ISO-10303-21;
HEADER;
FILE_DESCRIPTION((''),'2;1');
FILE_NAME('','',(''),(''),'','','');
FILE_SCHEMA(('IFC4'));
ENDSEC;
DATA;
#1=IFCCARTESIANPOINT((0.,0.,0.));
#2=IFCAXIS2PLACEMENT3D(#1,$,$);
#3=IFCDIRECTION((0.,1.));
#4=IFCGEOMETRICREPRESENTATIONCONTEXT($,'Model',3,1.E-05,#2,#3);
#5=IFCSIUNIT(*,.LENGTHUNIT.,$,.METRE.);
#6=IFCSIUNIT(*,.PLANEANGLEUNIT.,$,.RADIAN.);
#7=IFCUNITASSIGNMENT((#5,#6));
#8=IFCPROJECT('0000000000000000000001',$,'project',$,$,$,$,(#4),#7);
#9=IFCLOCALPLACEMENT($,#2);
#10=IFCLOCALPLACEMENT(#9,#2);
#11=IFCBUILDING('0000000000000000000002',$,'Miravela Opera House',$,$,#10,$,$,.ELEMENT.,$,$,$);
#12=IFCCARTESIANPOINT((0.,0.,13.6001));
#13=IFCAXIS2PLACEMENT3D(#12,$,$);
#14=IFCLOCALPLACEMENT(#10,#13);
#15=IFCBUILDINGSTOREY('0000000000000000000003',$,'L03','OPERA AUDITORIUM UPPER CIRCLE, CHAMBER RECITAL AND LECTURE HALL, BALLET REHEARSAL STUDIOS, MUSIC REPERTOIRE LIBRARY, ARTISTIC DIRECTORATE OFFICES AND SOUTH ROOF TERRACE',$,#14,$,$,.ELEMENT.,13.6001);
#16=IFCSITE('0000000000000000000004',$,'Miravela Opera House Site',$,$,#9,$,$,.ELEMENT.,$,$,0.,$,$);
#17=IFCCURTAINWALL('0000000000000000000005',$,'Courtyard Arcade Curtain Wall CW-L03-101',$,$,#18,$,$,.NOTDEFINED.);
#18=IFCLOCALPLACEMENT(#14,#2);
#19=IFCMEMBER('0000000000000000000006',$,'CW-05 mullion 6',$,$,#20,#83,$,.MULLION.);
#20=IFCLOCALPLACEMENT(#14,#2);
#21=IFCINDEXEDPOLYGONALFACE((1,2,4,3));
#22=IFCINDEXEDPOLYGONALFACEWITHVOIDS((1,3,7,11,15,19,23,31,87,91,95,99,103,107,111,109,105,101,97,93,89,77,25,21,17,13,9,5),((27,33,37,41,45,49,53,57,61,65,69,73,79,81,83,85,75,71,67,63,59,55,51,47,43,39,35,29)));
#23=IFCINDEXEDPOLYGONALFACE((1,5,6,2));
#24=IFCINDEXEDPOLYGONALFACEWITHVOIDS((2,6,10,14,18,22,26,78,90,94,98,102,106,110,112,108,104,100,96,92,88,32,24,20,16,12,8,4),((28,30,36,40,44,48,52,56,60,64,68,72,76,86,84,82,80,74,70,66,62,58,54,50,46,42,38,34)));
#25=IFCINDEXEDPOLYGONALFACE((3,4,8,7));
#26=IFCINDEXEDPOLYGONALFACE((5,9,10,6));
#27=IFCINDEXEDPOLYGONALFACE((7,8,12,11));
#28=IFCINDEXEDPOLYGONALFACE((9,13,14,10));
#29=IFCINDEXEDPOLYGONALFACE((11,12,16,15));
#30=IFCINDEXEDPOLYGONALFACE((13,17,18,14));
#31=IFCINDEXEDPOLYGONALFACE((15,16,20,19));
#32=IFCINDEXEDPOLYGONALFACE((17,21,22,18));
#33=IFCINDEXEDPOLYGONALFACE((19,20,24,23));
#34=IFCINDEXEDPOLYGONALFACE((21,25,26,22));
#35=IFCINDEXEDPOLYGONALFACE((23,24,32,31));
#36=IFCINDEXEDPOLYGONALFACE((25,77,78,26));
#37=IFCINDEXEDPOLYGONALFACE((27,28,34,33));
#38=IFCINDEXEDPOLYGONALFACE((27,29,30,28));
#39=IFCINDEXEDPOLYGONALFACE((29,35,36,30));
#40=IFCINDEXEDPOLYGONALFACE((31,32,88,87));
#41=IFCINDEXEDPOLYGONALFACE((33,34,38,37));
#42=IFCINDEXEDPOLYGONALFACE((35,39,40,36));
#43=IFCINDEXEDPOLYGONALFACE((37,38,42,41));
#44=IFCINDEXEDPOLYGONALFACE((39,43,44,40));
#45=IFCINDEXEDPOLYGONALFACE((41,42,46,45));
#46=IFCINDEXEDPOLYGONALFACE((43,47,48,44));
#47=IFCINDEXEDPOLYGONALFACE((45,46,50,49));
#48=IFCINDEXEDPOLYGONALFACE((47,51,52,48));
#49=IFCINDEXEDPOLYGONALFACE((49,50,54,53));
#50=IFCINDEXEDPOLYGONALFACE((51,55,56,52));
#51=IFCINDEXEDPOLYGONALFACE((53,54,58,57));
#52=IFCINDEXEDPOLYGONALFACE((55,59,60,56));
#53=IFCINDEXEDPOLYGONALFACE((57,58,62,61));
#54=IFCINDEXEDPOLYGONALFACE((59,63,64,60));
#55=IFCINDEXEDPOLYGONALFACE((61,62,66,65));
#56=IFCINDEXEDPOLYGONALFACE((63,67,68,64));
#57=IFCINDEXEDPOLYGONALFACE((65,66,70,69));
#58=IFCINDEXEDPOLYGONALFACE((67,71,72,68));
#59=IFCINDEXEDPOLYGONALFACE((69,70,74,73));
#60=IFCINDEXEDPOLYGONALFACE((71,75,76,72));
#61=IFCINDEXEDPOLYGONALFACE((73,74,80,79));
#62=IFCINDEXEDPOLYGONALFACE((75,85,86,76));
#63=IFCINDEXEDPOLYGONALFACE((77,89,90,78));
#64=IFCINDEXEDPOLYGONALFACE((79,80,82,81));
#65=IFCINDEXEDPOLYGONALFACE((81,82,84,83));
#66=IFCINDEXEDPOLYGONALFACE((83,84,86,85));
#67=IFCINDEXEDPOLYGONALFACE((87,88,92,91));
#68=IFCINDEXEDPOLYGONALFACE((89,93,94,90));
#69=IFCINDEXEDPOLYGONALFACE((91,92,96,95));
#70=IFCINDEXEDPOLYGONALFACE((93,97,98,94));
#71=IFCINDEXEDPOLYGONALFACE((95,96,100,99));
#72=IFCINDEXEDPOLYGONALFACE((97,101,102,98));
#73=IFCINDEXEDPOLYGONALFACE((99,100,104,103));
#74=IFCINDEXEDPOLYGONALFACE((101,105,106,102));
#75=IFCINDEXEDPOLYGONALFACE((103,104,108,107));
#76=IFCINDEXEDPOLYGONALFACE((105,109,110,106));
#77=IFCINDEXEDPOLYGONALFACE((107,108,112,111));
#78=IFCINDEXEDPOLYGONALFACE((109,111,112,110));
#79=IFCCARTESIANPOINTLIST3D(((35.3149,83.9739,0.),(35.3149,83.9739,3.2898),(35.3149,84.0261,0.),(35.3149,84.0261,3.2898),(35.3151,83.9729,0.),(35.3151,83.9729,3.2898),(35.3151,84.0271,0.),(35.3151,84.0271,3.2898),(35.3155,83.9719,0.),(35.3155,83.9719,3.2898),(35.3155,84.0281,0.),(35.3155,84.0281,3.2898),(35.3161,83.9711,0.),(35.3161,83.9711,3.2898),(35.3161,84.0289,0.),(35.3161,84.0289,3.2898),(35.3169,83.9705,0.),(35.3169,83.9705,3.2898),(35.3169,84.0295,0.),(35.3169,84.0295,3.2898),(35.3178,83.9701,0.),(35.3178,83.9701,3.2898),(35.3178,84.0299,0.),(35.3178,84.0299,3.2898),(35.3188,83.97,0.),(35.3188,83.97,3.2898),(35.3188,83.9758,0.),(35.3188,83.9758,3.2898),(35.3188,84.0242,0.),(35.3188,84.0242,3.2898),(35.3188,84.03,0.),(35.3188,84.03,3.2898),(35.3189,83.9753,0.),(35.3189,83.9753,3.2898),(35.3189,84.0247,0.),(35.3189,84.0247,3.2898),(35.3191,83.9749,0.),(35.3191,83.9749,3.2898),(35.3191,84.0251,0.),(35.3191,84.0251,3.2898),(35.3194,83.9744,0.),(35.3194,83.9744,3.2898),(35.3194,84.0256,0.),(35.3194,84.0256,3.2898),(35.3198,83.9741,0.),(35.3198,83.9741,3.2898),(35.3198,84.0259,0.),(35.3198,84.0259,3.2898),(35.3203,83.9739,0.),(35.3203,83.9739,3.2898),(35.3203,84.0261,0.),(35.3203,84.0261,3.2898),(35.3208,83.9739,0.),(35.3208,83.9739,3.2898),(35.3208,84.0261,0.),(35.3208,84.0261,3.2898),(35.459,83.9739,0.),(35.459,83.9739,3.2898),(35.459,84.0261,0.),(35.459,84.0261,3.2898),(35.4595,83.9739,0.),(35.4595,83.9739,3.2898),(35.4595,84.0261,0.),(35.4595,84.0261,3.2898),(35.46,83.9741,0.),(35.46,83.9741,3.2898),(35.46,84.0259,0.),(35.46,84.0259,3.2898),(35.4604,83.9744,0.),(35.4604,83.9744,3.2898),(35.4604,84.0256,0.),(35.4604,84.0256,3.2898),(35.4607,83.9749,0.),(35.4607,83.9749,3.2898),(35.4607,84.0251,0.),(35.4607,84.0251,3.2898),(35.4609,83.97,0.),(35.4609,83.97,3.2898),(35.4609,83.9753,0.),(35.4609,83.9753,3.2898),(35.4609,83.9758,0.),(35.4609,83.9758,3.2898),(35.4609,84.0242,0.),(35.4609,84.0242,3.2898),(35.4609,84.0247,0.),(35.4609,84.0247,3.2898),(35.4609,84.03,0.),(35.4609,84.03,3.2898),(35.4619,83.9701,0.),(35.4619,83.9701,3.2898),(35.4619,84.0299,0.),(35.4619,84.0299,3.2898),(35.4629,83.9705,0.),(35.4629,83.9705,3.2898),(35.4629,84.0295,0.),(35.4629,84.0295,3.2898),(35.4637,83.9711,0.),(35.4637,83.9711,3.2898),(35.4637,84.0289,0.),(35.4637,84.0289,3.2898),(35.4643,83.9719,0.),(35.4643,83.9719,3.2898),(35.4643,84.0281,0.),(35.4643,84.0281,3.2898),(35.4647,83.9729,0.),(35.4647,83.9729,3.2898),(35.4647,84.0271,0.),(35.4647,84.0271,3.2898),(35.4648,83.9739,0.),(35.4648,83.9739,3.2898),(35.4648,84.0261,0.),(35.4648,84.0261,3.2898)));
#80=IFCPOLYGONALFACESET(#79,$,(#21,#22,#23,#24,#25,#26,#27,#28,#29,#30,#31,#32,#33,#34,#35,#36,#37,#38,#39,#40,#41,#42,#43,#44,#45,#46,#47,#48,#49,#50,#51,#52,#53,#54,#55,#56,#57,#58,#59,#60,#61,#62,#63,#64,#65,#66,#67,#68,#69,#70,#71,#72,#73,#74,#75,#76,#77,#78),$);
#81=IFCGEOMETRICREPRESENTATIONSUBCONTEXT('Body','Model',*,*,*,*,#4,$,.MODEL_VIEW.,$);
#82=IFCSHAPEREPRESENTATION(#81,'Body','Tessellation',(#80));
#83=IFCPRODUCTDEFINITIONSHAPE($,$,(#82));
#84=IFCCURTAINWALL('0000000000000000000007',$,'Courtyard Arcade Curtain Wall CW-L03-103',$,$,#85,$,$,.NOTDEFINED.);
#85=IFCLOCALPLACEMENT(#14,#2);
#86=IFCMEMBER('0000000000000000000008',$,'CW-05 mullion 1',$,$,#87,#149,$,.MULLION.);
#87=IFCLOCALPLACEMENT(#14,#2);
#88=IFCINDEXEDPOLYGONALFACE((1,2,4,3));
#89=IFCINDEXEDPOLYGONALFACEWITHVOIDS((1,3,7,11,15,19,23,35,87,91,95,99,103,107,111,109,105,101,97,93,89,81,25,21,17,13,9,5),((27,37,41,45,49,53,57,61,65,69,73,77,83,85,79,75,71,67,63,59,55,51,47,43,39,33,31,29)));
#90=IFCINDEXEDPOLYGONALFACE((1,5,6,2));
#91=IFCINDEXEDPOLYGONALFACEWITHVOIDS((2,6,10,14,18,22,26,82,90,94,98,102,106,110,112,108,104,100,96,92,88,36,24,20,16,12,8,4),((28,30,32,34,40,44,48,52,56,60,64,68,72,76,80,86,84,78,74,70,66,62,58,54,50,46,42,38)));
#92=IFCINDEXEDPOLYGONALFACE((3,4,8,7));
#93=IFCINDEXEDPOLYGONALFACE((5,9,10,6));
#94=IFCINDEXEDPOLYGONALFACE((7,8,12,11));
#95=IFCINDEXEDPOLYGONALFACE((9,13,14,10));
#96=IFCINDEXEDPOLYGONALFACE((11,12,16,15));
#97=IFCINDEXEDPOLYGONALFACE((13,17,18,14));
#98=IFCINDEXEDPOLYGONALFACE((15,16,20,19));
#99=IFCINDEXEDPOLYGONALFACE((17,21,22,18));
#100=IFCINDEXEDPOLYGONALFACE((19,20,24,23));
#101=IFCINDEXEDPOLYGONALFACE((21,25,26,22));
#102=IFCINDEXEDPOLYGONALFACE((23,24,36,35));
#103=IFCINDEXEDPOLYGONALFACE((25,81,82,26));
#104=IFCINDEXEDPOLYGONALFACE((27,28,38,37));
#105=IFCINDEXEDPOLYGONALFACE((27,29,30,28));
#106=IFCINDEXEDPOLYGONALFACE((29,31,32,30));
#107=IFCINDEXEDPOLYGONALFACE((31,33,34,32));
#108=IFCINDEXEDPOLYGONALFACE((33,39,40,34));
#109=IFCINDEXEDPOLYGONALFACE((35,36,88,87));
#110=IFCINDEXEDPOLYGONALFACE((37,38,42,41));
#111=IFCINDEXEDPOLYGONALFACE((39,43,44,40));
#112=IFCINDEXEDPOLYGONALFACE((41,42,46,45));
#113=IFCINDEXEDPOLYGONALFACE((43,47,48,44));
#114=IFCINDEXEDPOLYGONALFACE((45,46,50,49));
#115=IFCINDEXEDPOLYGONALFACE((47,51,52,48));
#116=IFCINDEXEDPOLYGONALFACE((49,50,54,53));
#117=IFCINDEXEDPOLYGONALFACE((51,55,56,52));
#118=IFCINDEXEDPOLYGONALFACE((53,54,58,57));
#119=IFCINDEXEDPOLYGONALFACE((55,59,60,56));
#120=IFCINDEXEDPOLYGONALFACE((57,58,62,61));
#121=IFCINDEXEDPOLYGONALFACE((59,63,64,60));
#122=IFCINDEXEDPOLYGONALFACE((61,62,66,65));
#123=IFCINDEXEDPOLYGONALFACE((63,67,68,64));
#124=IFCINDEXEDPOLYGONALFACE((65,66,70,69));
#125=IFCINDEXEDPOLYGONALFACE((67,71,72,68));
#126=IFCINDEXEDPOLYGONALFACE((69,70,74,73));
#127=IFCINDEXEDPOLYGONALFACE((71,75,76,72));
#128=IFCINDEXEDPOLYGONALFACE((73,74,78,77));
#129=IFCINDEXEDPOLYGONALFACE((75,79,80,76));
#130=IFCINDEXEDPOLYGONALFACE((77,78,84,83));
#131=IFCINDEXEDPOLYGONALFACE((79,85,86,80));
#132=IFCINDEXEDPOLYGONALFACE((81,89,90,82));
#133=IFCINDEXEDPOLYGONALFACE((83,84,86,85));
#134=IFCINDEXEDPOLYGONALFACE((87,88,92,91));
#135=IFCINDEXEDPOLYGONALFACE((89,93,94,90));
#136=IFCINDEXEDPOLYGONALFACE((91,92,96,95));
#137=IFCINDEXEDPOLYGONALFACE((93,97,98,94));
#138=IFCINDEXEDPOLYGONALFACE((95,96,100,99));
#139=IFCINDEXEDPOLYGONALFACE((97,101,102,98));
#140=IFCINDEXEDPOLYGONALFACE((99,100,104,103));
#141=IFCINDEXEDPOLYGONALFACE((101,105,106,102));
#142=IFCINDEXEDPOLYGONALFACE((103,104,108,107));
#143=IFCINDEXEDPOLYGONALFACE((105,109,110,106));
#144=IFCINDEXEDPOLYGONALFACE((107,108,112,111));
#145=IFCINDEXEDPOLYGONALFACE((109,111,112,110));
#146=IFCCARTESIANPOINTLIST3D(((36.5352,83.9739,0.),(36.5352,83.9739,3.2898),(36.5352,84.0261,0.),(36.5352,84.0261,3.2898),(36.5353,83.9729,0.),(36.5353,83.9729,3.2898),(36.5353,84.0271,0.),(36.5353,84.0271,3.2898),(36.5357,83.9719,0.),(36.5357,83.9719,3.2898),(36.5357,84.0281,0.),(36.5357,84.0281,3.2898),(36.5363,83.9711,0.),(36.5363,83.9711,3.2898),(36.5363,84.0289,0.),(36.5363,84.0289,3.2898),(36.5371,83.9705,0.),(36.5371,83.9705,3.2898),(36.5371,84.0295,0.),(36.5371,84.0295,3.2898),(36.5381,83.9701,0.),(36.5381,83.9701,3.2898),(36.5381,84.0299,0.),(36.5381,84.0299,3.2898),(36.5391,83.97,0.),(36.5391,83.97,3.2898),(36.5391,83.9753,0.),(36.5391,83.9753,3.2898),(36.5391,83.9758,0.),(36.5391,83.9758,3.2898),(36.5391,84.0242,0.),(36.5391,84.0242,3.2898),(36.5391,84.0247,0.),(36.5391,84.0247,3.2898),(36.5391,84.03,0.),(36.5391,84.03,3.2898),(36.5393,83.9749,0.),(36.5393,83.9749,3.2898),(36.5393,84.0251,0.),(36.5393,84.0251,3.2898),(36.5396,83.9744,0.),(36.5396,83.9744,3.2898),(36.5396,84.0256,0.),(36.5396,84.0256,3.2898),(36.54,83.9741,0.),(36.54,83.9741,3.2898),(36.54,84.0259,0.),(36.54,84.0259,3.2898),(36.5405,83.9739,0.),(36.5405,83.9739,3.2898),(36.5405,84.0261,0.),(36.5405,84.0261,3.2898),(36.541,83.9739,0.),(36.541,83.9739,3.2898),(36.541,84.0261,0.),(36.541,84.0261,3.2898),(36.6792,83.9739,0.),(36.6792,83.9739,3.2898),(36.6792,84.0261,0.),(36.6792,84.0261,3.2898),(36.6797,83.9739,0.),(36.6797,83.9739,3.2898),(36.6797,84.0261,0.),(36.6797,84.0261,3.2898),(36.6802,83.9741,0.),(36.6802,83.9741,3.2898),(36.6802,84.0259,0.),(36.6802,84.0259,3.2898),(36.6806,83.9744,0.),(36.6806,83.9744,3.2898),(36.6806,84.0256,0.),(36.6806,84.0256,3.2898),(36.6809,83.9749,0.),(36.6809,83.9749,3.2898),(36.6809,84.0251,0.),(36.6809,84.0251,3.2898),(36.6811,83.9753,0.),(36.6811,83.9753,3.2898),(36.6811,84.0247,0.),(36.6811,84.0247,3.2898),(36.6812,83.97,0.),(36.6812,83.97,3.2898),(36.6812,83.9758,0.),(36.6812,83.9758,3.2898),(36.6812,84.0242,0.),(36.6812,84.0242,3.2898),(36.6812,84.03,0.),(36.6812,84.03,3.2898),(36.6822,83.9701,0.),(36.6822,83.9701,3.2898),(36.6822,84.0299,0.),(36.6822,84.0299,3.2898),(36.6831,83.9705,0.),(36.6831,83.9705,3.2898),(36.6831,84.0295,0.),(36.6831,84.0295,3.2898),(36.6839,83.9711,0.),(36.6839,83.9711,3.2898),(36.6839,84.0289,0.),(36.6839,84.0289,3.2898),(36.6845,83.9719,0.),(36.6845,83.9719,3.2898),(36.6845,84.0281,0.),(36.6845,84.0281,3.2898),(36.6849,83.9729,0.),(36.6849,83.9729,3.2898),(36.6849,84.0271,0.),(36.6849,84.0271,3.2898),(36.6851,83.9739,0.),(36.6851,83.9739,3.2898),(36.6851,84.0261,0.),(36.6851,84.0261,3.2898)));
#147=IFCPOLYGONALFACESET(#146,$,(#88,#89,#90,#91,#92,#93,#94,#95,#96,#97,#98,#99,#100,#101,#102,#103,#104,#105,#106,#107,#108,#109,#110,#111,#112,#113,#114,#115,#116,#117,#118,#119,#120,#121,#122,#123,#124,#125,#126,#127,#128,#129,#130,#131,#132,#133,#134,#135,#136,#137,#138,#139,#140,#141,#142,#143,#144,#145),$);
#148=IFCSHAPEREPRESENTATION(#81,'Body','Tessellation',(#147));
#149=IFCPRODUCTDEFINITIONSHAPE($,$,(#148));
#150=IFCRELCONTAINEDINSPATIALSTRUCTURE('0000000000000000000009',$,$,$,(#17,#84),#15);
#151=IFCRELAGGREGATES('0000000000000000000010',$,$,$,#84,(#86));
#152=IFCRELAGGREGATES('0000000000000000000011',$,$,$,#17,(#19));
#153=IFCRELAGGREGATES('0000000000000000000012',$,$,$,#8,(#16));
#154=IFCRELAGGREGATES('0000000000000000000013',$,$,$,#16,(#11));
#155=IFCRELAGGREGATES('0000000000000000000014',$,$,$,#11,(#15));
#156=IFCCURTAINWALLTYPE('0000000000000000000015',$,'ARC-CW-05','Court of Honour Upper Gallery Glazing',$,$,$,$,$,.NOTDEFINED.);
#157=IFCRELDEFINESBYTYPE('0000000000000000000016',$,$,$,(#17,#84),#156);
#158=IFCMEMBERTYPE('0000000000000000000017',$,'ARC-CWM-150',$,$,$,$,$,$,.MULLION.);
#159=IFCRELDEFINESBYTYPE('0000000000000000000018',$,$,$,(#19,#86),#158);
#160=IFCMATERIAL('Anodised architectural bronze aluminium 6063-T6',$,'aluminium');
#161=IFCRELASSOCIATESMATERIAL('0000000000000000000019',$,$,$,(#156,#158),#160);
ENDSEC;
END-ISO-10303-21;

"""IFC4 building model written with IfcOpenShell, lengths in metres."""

from ifc_helpers import new_model, si_unit, direction, frame, origin, origin_2d, place, context, subcontext, project, spatial, hollow_rectangle, extrude, material, material_profile, profile_set, type_object, element, aggregate, save


model = new_model("IFC4")

# Units and contexts
model_context = context("Model", 3, precision=1e-05, world=origin(), true_north=direction((0.0, 1.0)))
body_context = subcontext(model_context, "Body", "Model", "MODEL_VIEW")
ifc_project = project(units=[si_unit("LENGTHUNIT", "METRE"), si_unit("PLANEANGLEUNIT", "RADIAN")], contexts=[model_context])

# Site, building, storey
site_placement = place(None, origin())
site = spatial("IfcSite", under=ifc_project, at=site_placement, Name="Miravela Opera House Site", CompositionType="ELEMENT", RefElevation=0.0)
building_placement = place(site_placement, origin())
building = spatial("IfcBuilding", under=site, at=building_placement, Name="Miravela Opera House", CompositionType="ELEMENT")
storey_placement = place(building_placement, frame((0.0, 0.0, 13.6001)))
storey = spatial("IfcBuildingStorey", under=building, at=storey_placement, Name="L03", Description="OPERA AUDITORIUM UPPER CIRCLE, CHAMBER RECITAL AND LECTURE HALL, BALLET REHEARSAL STUDIOS, MUSIC REPERTOIRE LIBRARY, ARTISTIC DIRECTORATE OFFICES AND SOUTH ROOF TERRACE", CompositionType="ELEMENT", Elevation=13.6001)

# Curtain wall, member
ifc_material_1 = material(Name="Anodised architectural bronze aluminium 6063-T6", Category="aluminium")
curtain_wall_type = type_object("IfcCurtainWallType", Name="ARC-CW-05", Description="Court of Honour Upper Gallery Glazing", PredefinedType="NOTDEFINED", material=ifc_material_1)
curtain_wall_1_placement = place(storey_placement, origin())
curtain_wall_1 = element("IfcCurtainWall", 1, at=curtain_wall_1_placement, inside=storey, type_object=curtain_wall_type, Name="Courtyard Arcade Curtain Wall CW-L03-101", PredefinedType="NOTDEFINED")
ifc_material_profile_1 = material_profile(ifc_material_1, hollow_rectangle(XDim=0.0601, YDim=0.1499, WallThickness=0.0039, InnerFilletRadius=0.002, OuterFilletRadius=0.0039, at=origin_2d()), Name="CWM-60X150")
ifc_profile_set_1 = profile_set([ifc_material_profile_1])
member_type_1 = type_object("IfcMemberType", Name="ARC-CWM-150", PredefinedType="MULLION", material=ifc_profile_set_1)
member_1_placement = place(storey_placement, frame((35.3899, 84.0, 0.0), z_axis=(0.0, 0.0, 1.0), x_axis=(0.0, 1.0, 0.0)))
member_1 = element("IfcMember", 2, at=member_1_placement, type_object=member_type_1, Name="CW-05 mullion 6", PredefinedType="MULLION", context=body_context, shape_type="SweptSolid", body=[
    extrude(hollow_rectangle(XDim=0.0601, YDim=0.1499, WallThickness=0.0039, InnerFilletRadius=0.002, OuterFilletRadius=0.0039, at=origin_2d()), origin(), (0.0, 0.0, 1.0), 3.2898),
])

# Curtain wall, member
curtain_wall_2_placement = place(storey_placement, origin())
curtain_wall_2 = element("IfcCurtainWall", 3, at=curtain_wall_2_placement, inside=storey, type_object=curtain_wall_type, Name="Courtyard Arcade Curtain Wall CW-L03-103", PredefinedType="NOTDEFINED")
member_2_placement = place(storey_placement, frame((36.6101, 84.0, 0.0), z_axis=(0.0, 0.0, 1.0), x_axis=(0.0, 1.0, 0.0)))
member_2 = element("IfcMember", 4, at=member_2_placement, type_object=member_type_1, Name="CW-05 mullion 1", PredefinedType="MULLION", context=body_context, shape_type="SweptSolid", body=[
    extrude(hollow_rectangle(XDim=0.0601, YDim=0.1499, WallThickness=0.0039, InnerFilletRadius=0.002, OuterFilletRadius=0.0039, at=origin_2d()), origin(), (0.0, 0.0, 1.0), 3.2898),
])

aggregate(curtain_wall_2, [member_2])

aggregate(curtain_wall_1, [member_1])

save(model, "model.ifc")
